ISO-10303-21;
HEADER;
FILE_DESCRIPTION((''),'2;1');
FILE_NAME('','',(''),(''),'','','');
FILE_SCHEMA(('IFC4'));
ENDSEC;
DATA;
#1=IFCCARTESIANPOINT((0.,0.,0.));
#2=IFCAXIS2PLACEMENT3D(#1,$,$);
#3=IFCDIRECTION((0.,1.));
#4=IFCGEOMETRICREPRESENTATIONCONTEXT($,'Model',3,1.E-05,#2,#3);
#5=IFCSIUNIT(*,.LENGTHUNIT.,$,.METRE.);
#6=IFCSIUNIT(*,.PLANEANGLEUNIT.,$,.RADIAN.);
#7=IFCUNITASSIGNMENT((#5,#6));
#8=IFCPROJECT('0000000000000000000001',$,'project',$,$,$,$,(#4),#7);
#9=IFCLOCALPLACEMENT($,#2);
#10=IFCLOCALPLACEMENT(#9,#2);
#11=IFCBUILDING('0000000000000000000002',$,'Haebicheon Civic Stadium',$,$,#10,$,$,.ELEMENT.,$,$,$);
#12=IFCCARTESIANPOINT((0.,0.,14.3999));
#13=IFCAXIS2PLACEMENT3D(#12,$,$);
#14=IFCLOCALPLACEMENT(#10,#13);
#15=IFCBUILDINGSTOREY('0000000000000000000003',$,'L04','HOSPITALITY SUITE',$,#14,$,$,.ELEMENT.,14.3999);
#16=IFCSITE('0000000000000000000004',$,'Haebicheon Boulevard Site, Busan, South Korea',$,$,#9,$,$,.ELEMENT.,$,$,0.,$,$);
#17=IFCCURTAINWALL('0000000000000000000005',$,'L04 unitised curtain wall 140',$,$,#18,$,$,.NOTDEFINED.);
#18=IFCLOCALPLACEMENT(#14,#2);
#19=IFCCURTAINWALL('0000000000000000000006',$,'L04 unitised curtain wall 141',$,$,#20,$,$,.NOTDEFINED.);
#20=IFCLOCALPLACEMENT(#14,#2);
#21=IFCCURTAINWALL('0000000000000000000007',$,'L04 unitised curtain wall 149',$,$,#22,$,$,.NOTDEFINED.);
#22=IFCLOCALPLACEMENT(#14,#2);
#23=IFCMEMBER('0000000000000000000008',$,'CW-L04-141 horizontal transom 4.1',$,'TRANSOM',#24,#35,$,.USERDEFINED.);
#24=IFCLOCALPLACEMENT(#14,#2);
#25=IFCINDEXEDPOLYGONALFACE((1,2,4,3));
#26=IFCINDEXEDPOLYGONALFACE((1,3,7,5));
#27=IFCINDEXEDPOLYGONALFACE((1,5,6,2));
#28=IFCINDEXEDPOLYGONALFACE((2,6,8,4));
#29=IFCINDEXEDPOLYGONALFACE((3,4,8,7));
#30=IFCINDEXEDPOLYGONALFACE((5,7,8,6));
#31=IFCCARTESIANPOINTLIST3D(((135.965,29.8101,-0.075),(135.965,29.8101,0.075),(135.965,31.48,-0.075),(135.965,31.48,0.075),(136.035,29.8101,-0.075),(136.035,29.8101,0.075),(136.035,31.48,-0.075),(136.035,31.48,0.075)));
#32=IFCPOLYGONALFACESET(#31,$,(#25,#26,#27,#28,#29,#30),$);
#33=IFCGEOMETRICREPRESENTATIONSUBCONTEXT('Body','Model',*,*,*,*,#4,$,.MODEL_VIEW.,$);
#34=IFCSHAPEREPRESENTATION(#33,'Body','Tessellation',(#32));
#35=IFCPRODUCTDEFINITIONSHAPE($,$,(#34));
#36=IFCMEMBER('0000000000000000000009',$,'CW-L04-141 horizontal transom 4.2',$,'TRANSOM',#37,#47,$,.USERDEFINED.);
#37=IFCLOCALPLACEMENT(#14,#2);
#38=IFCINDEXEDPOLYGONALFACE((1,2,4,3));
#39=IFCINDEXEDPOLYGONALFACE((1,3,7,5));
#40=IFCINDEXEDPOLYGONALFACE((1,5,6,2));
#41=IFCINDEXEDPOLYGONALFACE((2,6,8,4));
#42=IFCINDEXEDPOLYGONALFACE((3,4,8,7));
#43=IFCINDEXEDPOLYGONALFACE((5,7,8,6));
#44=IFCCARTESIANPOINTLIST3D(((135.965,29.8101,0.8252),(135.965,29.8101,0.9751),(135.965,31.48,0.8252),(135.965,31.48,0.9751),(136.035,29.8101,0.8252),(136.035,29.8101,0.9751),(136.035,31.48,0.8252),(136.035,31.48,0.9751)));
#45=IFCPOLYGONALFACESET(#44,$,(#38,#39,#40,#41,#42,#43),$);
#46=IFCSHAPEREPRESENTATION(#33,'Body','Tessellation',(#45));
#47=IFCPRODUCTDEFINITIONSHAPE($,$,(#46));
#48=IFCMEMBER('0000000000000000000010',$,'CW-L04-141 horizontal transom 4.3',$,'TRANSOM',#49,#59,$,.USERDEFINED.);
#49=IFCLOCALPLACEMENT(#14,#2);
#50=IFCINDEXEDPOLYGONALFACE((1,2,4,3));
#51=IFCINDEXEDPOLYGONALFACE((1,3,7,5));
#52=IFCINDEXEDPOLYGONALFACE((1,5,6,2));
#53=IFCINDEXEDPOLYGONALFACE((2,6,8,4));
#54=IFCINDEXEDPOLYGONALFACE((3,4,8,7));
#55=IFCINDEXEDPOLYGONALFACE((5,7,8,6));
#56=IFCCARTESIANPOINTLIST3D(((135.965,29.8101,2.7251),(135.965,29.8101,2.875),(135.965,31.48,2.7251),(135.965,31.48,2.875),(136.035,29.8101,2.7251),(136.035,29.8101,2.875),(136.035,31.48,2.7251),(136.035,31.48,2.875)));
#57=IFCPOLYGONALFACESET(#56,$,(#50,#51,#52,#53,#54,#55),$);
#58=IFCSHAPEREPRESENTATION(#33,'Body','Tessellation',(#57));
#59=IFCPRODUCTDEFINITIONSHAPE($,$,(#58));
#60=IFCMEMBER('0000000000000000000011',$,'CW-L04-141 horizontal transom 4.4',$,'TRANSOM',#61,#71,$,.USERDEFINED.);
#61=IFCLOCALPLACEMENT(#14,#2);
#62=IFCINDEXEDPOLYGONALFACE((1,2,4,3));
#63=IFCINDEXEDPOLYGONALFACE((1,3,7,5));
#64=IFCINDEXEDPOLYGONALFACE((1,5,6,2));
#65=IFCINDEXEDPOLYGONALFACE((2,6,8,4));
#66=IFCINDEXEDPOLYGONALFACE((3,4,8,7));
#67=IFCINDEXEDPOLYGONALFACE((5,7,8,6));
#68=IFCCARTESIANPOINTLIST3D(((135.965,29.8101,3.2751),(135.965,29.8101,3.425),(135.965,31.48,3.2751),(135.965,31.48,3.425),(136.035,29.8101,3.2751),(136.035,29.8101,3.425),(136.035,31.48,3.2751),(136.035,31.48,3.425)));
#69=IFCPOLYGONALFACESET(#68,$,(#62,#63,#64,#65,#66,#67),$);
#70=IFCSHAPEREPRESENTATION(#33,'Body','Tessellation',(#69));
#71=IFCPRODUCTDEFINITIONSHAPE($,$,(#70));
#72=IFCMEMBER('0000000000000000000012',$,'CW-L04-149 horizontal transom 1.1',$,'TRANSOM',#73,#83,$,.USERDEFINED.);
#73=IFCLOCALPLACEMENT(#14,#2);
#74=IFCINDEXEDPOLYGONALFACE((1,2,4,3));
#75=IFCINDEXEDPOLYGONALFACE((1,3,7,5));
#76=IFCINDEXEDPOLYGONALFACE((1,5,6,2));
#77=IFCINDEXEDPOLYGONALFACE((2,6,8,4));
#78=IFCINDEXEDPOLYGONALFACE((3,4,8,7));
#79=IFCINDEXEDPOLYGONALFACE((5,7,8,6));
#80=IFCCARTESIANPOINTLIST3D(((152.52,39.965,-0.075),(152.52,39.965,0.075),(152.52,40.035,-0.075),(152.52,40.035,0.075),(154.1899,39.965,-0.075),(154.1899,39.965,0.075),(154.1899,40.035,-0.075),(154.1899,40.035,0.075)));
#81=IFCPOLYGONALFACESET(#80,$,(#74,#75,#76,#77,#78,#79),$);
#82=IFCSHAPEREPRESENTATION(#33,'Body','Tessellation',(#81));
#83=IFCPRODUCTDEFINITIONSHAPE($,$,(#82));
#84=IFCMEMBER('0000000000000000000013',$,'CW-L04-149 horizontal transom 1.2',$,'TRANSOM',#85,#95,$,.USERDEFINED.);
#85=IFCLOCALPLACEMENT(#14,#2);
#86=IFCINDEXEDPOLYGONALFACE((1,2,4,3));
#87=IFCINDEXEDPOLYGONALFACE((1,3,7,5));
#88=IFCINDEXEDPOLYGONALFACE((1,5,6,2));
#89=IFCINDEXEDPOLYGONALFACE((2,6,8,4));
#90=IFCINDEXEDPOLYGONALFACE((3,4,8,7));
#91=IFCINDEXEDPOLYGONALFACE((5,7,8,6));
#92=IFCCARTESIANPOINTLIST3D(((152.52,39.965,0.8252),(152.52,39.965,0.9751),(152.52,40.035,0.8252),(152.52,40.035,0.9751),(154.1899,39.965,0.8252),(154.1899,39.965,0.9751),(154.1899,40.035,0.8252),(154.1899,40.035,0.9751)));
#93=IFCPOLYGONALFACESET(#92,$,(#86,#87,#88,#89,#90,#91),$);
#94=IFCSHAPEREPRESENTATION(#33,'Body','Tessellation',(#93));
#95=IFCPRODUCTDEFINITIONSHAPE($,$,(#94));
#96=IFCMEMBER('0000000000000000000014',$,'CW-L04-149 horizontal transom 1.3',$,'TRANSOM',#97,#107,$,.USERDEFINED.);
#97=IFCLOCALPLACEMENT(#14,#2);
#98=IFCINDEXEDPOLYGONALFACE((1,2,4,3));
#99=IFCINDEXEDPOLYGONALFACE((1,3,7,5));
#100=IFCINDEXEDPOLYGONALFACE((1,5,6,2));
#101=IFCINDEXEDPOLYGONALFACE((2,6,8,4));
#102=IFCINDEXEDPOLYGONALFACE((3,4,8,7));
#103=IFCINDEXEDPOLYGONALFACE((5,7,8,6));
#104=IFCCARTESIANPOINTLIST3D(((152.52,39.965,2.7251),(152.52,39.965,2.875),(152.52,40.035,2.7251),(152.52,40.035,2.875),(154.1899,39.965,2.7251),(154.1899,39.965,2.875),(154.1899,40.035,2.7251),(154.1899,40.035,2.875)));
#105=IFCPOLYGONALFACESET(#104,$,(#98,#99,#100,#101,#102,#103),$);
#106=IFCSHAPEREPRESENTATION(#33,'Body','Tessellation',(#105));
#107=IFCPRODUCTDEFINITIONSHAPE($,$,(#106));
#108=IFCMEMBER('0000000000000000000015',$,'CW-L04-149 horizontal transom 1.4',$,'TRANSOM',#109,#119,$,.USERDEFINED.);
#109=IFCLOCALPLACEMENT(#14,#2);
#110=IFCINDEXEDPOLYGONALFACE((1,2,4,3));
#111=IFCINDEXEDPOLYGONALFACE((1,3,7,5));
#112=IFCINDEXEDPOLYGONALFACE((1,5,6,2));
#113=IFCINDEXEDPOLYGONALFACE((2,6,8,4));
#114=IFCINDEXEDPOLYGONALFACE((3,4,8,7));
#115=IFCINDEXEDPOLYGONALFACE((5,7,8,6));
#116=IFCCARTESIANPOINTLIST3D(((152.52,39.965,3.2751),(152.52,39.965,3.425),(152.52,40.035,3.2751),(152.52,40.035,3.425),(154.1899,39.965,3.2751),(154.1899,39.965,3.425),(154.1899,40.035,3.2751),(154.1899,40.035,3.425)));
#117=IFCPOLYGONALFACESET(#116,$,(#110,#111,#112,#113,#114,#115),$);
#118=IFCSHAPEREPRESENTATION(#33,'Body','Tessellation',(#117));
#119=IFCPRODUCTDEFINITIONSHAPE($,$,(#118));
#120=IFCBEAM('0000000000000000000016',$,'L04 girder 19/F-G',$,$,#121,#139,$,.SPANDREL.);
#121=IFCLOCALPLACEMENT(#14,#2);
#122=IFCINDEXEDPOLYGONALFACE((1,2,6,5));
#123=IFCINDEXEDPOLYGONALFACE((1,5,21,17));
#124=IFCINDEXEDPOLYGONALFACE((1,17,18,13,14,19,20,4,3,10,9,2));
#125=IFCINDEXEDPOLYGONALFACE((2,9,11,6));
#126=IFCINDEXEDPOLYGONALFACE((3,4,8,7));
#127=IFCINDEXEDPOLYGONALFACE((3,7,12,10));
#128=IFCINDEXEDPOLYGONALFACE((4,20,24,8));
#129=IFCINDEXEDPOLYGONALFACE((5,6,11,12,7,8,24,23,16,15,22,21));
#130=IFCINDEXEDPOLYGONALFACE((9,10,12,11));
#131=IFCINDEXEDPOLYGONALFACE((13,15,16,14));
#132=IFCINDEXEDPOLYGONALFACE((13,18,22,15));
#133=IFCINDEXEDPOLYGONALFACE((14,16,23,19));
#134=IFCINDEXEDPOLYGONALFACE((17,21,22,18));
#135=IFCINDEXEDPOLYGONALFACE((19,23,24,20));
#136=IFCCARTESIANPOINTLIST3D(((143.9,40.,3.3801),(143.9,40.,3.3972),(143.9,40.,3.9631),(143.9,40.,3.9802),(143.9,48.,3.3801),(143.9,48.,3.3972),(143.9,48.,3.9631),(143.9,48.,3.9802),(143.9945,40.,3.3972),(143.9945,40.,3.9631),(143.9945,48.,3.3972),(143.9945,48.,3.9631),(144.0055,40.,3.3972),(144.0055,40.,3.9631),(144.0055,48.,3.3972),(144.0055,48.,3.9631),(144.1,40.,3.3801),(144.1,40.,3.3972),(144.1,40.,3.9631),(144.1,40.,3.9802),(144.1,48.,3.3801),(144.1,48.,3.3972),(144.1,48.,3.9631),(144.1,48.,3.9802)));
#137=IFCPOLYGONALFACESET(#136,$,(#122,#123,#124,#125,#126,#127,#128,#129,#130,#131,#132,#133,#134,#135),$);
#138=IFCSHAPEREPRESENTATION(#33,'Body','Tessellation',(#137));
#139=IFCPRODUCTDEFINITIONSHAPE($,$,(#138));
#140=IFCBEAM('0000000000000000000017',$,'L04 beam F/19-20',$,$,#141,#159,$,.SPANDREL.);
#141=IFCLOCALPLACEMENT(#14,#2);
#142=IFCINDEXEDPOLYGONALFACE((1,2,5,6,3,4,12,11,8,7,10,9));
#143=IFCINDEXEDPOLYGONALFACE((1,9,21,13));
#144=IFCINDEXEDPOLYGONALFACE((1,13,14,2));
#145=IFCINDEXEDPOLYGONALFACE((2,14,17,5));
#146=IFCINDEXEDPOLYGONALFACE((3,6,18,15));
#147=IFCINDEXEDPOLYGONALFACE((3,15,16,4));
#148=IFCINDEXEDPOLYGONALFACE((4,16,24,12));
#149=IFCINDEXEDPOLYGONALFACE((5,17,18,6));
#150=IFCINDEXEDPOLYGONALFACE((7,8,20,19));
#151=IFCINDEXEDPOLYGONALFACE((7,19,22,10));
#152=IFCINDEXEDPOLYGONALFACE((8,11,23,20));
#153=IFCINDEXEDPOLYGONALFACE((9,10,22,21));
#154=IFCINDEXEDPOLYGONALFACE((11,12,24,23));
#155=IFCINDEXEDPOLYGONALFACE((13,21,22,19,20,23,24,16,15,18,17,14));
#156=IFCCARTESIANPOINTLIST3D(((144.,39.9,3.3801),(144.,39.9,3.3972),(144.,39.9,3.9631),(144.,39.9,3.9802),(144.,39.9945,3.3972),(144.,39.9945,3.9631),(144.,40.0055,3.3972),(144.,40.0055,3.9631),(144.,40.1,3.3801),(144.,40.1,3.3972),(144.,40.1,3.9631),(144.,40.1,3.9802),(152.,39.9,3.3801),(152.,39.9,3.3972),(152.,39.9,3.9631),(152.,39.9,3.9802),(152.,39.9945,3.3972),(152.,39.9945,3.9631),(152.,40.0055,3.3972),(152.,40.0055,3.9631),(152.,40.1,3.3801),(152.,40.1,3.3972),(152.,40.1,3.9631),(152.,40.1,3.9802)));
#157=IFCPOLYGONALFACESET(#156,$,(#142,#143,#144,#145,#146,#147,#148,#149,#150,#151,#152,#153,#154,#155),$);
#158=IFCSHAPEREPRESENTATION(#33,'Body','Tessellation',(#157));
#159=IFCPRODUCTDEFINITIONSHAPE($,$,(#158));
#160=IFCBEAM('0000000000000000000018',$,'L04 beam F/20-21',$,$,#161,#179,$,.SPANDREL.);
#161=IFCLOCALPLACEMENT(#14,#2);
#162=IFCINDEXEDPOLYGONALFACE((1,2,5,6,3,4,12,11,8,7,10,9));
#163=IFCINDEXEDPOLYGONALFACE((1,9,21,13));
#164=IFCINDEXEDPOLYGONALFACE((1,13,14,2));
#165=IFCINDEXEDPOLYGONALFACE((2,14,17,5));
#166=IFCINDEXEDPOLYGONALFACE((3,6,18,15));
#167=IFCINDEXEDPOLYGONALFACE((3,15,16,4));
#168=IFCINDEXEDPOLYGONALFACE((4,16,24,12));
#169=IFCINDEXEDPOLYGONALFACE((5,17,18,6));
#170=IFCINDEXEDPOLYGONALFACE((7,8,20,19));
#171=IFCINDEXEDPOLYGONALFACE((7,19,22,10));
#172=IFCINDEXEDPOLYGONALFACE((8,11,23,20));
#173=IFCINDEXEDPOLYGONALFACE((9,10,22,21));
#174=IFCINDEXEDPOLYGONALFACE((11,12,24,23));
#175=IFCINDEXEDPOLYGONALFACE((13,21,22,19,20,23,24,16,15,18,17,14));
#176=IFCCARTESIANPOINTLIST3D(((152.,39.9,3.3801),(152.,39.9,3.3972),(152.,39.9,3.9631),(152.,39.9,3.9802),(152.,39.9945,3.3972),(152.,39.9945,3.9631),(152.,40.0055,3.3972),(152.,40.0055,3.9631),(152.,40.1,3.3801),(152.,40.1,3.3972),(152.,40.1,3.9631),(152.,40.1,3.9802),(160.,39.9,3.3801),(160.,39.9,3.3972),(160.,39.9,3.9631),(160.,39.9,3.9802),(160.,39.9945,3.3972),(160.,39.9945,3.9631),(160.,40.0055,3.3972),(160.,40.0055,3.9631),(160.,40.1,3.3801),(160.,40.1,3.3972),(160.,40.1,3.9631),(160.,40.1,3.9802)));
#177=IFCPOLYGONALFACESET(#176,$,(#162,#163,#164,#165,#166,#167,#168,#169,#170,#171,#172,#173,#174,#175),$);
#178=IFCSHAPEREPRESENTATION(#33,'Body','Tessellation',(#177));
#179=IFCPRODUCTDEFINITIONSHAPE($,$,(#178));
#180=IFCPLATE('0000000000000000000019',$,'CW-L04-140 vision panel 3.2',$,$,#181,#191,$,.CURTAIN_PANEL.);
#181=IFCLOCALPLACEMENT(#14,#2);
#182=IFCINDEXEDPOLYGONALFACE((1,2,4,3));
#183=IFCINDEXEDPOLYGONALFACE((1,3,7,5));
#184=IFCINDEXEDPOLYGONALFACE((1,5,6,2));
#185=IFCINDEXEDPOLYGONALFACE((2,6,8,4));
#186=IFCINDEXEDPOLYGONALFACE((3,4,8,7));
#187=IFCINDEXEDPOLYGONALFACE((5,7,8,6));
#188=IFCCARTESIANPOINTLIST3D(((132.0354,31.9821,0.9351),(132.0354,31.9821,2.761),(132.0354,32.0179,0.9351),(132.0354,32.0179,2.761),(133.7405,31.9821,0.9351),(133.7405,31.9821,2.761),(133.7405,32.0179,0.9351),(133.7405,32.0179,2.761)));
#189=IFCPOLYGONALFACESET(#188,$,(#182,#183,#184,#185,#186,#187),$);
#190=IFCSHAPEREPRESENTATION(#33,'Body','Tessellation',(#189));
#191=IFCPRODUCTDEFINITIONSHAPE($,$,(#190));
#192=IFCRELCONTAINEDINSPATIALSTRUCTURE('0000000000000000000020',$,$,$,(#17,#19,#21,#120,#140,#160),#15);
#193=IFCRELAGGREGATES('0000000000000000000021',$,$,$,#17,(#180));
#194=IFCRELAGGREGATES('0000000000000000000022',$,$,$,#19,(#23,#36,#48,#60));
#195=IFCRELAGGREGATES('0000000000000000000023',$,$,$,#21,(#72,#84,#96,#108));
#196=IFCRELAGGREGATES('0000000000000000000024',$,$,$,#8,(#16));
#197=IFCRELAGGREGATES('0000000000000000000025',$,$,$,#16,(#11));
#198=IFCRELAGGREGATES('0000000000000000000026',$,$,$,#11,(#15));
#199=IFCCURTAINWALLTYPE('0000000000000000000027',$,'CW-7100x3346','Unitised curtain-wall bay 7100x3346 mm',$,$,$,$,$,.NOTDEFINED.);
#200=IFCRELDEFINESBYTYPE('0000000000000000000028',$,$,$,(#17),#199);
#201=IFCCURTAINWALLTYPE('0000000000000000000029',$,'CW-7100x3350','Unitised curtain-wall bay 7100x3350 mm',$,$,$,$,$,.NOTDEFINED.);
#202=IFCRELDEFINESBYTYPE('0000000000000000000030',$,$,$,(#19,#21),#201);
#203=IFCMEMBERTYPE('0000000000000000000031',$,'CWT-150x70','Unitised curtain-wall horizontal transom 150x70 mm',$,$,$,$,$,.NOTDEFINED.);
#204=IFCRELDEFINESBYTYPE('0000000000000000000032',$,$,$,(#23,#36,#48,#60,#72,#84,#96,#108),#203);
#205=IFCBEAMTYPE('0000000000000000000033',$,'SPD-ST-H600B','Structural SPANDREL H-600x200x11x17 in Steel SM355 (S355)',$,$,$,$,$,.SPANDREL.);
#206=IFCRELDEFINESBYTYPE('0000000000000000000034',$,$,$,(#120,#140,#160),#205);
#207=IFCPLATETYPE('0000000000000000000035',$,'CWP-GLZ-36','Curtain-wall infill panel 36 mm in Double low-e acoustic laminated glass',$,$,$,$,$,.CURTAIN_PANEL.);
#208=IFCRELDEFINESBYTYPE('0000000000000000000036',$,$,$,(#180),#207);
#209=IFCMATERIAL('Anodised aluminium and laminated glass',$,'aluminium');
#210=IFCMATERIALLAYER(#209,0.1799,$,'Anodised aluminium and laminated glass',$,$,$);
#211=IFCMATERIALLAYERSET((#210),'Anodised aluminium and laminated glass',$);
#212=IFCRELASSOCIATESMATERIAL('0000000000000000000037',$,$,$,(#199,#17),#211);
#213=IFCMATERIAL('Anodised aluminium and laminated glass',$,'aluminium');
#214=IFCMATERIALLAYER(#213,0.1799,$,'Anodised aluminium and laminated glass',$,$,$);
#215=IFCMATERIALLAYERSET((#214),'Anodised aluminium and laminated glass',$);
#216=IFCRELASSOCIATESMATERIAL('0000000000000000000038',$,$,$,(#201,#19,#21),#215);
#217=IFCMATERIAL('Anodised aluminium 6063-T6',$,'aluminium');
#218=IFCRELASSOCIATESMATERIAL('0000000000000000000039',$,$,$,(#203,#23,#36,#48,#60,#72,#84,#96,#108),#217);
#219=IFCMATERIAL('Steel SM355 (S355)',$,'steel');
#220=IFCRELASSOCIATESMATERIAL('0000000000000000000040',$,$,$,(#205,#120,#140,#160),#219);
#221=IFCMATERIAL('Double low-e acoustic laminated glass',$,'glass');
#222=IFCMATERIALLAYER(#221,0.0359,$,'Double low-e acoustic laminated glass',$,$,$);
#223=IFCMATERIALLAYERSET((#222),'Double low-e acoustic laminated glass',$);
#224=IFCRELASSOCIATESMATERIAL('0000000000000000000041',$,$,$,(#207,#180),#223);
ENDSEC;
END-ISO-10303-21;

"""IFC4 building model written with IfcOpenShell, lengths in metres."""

from ifc_helpers import new_model, si_unit, direction, frame, origin, origin_2d, place, context, subcontext, project, spatial, rectangle, i_section, extrude, material, layer, layer_set, material_profile, profile_set, type_object, element, aggregate, save


model = new_model("IFC4")

# Units and contexts
model_context = context("Model", 3, precision=1e-05, world=origin(), true_north=direction((0.0, 1.0)))
body_context = subcontext(model_context, "Body", "Model", "MODEL_VIEW")
ifc_project = project(units=[si_unit("LENGTHUNIT", "METRE"), si_unit("PLANEANGLEUNIT", "RADIAN")], contexts=[model_context])

# Site, building, storey
site_placement = place(None, origin())
site = spatial("IfcSite", under=ifc_project, at=site_placement, Name="Haebicheon Boulevard Site, Busan, South Korea", CompositionType="ELEMENT", RefElevation=0.0)
building_placement = place(site_placement, origin())
building = spatial("IfcBuilding", under=site, at=building_placement, Name="Haebicheon Civic Stadium", CompositionType="ELEMENT")
storey_placement = place(building_placement, frame((0.0, 0.0, 14.3999)))
storey = spatial("IfcBuildingStorey", under=building, at=storey_placement, Name="L04", Description="HOSPITALITY SUITE", CompositionType="ELEMENT", Elevation=14.3999)

# Curtain walls
ifc_material_1 = material(Name="Anodised aluminium and laminated glass", Category="aluminium")
ifc_layer_1 = layer(ifc_material_1, 0.1799, Name="Anodised aluminium and laminated glass")
ifc_layer_set_1 = layer_set([ifc_layer_1], Name="Anodised aluminium and laminated glass")
curtain_wall_type_1 = type_object("IfcCurtainWallType", Name="CW-7100x3346", Description="Unitised curtain-wall bay 7100x3346 mm", PredefinedType="NOTDEFINED", material=ifc_layer_set_1)
curtain_wall_1_placement = place(storey_placement, origin())
curtain_wall_1 = element("IfcCurtainWall", 1, at=curtain_wall_1_placement, inside=storey, type_object=curtain_wall_type_1, material=ifc_layer_set_1, Name="L04 unitised curtain wall 140", PredefinedType="NOTDEFINED")
ifc_material_2 = material(Name="Anodised aluminium and laminated glass", Category="aluminium")
ifc_layer_2 = layer(ifc_material_2, 0.1799, Name="Anodised aluminium and laminated glass")
ifc_layer_set_2 = layer_set([ifc_layer_2], Name="Anodised aluminium and laminated glass")
curtain_wall_type_2 = type_object("IfcCurtainWallType", Name="CW-7100x3350", Description="Unitised curtain-wall bay 7100x3350 mm", PredefinedType="NOTDEFINED", material=ifc_layer_set_2)
curtain_wall_2_placement = place(storey_placement, origin())
curtain_wall_2 = element("IfcCurtainWall", 2, at=curtain_wall_2_placement, inside=storey, type_object=curtain_wall_type_2, material=ifc_layer_set_2, Name="L04 unitised curtain wall 141", PredefinedType="NOTDEFINED")

# Curtain wall
curtain_wall_3_placement = place(storey_placement, origin())
curtain_wall_3 = element("IfcCurtainWall", 3, at=curtain_wall_3_placement, inside=storey, type_object=curtain_wall_type_2, material=ifc_layer_set_2, Name="L04 unitised curtain wall 149", PredefinedType="NOTDEFINED")

# Members
ifc_material_3 = material(Name="Anodised aluminium 6063-T6", Category="aluminium")
ifc_material_profile_1 = material_profile(ifc_material_3, rectangle(XDim=0.0701, YDim=0.1499, at=origin_2d()), Name="ALU-TRAN-70x150")
ifc_profile_set_1 = profile_set([ifc_material_profile_1], Name="Anodised aluminium 6063-T6")
member_type_1 = type_object("IfcMemberType", Name="CWT-150x70", Description="Unitised curtain-wall horizontal transom 150x70 mm", PredefinedType="NOTDEFINED", material=ifc_profile_set_1)
member_1_placement = place(storey_placement, frame((136.0, 29.8101, 0.0), z_axis=(0.0, 1.0, 0.0), x_axis=(-1.0, 0.0, 0.0)))
member_1 = element("IfcMember", 4, at=member_1_placement, type_object=member_type_1, material=ifc_profile_set_1, Name="CW-L04-141 horizontal transom 4.1", ObjectType="TRANSOM", PredefinedType="USERDEFINED", context=body_context, shape_type="SweptSolid", body=[
    extrude(rectangle(XDim=0.0701, YDim=0.1499, at=origin_2d()), origin(), (0.0, 0.0, 1.0), 1.6699),
])
member_2_placement = place(storey_placement, frame((136.0, 29.8101, 0.9001), z_axis=(0.0, 1.0, 0.0), x_axis=(-1.0, 0.0, 0.0)))
member_2 = element("IfcMember", 5, at=member_2_placement, type_object=member_type_1, material=ifc_profile_set_1, Name="CW-L04-141 horizontal transom 4.2", ObjectType="TRANSOM", PredefinedType="USERDEFINED", context=body_context, shape_type="SweptSolid", body=[
    extrude(rectangle(XDim=0.0701, YDim=0.1499, at=origin_2d()), origin(), (0.0, 0.0, 1.0), 1.6699),
])
member_3_placement = place(storey_placement, frame((136.0, 29.8101, 2.8), z_axis=(0.0, 1.0, 0.0), x_axis=(-1.0, 0.0, 0.0)))
member_3 = element("IfcMember", 6, at=member_3_placement, type_object=member_type_1, material=ifc_profile_set_1, Name="CW-L04-141 horizontal transom 4.3", ObjectType="TRANSOM", PredefinedType="USERDEFINED", context=body_context, shape_type="SweptSolid", body=[
    extrude(rectangle(XDim=0.0701, YDim=0.1499, at=origin_2d()), origin(), (0.0, 0.0, 1.0), 1.6699),
])
member_4_placement = place(storey_placement, frame((136.0, 29.8101, 3.3501), z_axis=(0.0, 1.0, 0.0), x_axis=(-1.0, 0.0, 0.0)))
member_4 = element("IfcMember", 7, at=member_4_placement, type_object=member_type_1, material=ifc_profile_set_1, Name="CW-L04-141 horizontal transom 4.4", ObjectType="TRANSOM", PredefinedType="USERDEFINED", context=body_context, shape_type="SweptSolid", body=[
    extrude(rectangle(XDim=0.0701, YDim=0.1499, at=origin_2d()), origin(), (0.0, 0.0, 1.0), 1.6699),
])
member_5_placement = place(storey_placement, frame((152.52, 40.0, 0.0), z_axis=(1.0, 0.0, 0.0), x_axis=(0.0, 1.0, 0.0)))
member_5 = element("IfcMember", 8, at=member_5_placement, type_object=member_type_1, material=ifc_profile_set_1, Name="CW-L04-149 horizontal transom 1.1", ObjectType="TRANSOM", PredefinedType="USERDEFINED", context=body_context, shape_type="SweptSolid", body=[
    extrude(rectangle(XDim=0.0701, YDim=0.1499, at=origin_2d()), origin(), (0.0, 0.0, 1.0), 1.6699),
])
member_6_placement = place(storey_placement, frame((152.52, 40.0, 0.9001), z_axis=(1.0, 0.0, 0.0), x_axis=(0.0, 1.0, 0.0)))
member_6 = element("IfcMember", 9, at=member_6_placement, type_object=member_type_1, material=ifc_profile_set_1, Name="CW-L04-149 horizontal transom 1.2", ObjectType="TRANSOM", PredefinedType="USERDEFINED", context=body_context, shape_type="SweptSolid", body=[
    extrude(rectangle(XDim=0.0701, YDim=0.1499, at=origin_2d()), origin(), (0.0, 0.0, 1.0), 1.6699),
])
member_7_placement = place(storey_placement, frame((152.52, 40.0, 2.8), z_axis=(1.0, 0.0, 0.0), x_axis=(0.0, 1.0, 0.0)))
member_7 = element("IfcMember", 10, at=member_7_placement, type_object=member_type_1, material=ifc_profile_set_1, Name="CW-L04-149 horizontal transom 1.3", ObjectType="TRANSOM", PredefinedType="USERDEFINED", context=body_context, shape_type="SweptSolid", body=[
    extrude(rectangle(XDim=0.0701, YDim=0.1499, at=origin_2d()), origin(), (0.0, 0.0, 1.0), 1.6699),
])
member_8_placement = place(storey_placement, frame((152.52, 40.0, 3.3501), z_axis=(1.0, 0.0, 0.0), x_axis=(0.0, 1.0, 0.0)))
member_8 = element("IfcMember", 11, at=member_8_placement, type_object=member_type_1, material=ifc_profile_set_1, Name="CW-L04-149 horizontal transom 1.4", ObjectType="TRANSOM", PredefinedType="USERDEFINED", context=body_context, shape_type="SweptSolid", body=[
    extrude(rectangle(XDim=0.0701, YDim=0.1499, at=origin_2d()), origin(), (0.0, 0.0, 1.0), 1.6699),
])

# Beams
ifc_material_4 = material(Name="Steel SM355 (S355)", Category="steel")
ifc_material_profile_2 = material_profile(ifc_material_4, i_section(OverallWidth=0.2, OverallDepth=0.6001, WebThickness=0.011, FlangeThickness=0.0171, at=origin_2d()), Name="H-600x200x11x17")
ifc_profile_set_2 = profile_set([ifc_material_profile_2], Name="Steel SM355 (S355)")
beam_type_1 = type_object("IfcBeamType", Name="SPD-ST-H600B", Description="Structural SPANDREL H-600x200x11x17 in Steel SM355 (S355)", PredefinedType="SPANDREL", material=ifc_profile_set_2)
for number, where, z_axis, x_axis, name in (
    (12, (144.0, 40.0, 3.6802), (0.0, 1.0, 0.0), (-1.0, 0.0, 0.0), "L04 girder 19/F-G"),
    (13, (144.0, 40.0, 3.6802), (1.0, 0.0, 0.0), (0.0, 1.0, 0.0), "L04 beam F/19-20"),
    (14, (152.0, 40.0, 3.6802), (1.0, 0.0, 0.0), (0.0, 1.0, 0.0), "L04 beam F/20-21"),
):
    element("IfcBeam", number, at=place(storey_placement, frame(where, z_axis=z_axis, x_axis=x_axis)), inside=storey, type_object=beam_type_1, material=ifc_profile_set_2, Name=name, PredefinedType="SPANDREL", context=body_context, shape_type="SweptSolid", body=[
        extrude(i_section(OverallWidth=0.2, OverallDepth=0.6001, WebThickness=0.011, FlangeThickness=0.0171, at=origin_2d()), origin(), (0.0, 0.0, 1.0), 8.0),
    ])

# Plate
ifc_material_5 = material(Name="Double low-e acoustic laminated glass", Category="glass")
ifc_layer_3 = layer(ifc_material_5, 0.0359, Name="Double low-e acoustic laminated glass")
ifc_layer_set_3 = layer_set([ifc_layer_3], Name="Double low-e acoustic laminated glass")
plate_type_1 = type_object("IfcPlateType", Name="CWP-GLZ-36", Description="Curtain-wall infill panel 36 mm in Double low-e acoustic laminated glass", PredefinedType="CURTAIN_PANEL", material=ifc_layer_set_3)
plate_1_placement = place(storey_placement, frame((132.8879, 32.0, 0.9351), z_axis=(0.0, 0.0, 1.0), x_axis=(1.0, 0.0, 0.0)))
plate_1 = element("IfcPlate", 15, at=plate_1_placement, type_object=plate_type_1, material=ifc_layer_set_3, Name="CW-L04-140 vision panel 3.2", PredefinedType="CURTAIN_PANEL", context=body_context, shape_type="SweptSolid", body=[
    extrude(rectangle(XDim=1.7051, YDim=0.0359, at=origin_2d()), origin(), (0.0, 0.0, 1.0), 1.8259),
])
aggregate(curtain_wall_1, [plate_1])
aggregate(curtain_wall_2, [member_1, member_2, member_3, member_4])
aggregate(curtain_wall_3, [member_5, member_6, member_7, member_8])

save(model, "model.ifc")
